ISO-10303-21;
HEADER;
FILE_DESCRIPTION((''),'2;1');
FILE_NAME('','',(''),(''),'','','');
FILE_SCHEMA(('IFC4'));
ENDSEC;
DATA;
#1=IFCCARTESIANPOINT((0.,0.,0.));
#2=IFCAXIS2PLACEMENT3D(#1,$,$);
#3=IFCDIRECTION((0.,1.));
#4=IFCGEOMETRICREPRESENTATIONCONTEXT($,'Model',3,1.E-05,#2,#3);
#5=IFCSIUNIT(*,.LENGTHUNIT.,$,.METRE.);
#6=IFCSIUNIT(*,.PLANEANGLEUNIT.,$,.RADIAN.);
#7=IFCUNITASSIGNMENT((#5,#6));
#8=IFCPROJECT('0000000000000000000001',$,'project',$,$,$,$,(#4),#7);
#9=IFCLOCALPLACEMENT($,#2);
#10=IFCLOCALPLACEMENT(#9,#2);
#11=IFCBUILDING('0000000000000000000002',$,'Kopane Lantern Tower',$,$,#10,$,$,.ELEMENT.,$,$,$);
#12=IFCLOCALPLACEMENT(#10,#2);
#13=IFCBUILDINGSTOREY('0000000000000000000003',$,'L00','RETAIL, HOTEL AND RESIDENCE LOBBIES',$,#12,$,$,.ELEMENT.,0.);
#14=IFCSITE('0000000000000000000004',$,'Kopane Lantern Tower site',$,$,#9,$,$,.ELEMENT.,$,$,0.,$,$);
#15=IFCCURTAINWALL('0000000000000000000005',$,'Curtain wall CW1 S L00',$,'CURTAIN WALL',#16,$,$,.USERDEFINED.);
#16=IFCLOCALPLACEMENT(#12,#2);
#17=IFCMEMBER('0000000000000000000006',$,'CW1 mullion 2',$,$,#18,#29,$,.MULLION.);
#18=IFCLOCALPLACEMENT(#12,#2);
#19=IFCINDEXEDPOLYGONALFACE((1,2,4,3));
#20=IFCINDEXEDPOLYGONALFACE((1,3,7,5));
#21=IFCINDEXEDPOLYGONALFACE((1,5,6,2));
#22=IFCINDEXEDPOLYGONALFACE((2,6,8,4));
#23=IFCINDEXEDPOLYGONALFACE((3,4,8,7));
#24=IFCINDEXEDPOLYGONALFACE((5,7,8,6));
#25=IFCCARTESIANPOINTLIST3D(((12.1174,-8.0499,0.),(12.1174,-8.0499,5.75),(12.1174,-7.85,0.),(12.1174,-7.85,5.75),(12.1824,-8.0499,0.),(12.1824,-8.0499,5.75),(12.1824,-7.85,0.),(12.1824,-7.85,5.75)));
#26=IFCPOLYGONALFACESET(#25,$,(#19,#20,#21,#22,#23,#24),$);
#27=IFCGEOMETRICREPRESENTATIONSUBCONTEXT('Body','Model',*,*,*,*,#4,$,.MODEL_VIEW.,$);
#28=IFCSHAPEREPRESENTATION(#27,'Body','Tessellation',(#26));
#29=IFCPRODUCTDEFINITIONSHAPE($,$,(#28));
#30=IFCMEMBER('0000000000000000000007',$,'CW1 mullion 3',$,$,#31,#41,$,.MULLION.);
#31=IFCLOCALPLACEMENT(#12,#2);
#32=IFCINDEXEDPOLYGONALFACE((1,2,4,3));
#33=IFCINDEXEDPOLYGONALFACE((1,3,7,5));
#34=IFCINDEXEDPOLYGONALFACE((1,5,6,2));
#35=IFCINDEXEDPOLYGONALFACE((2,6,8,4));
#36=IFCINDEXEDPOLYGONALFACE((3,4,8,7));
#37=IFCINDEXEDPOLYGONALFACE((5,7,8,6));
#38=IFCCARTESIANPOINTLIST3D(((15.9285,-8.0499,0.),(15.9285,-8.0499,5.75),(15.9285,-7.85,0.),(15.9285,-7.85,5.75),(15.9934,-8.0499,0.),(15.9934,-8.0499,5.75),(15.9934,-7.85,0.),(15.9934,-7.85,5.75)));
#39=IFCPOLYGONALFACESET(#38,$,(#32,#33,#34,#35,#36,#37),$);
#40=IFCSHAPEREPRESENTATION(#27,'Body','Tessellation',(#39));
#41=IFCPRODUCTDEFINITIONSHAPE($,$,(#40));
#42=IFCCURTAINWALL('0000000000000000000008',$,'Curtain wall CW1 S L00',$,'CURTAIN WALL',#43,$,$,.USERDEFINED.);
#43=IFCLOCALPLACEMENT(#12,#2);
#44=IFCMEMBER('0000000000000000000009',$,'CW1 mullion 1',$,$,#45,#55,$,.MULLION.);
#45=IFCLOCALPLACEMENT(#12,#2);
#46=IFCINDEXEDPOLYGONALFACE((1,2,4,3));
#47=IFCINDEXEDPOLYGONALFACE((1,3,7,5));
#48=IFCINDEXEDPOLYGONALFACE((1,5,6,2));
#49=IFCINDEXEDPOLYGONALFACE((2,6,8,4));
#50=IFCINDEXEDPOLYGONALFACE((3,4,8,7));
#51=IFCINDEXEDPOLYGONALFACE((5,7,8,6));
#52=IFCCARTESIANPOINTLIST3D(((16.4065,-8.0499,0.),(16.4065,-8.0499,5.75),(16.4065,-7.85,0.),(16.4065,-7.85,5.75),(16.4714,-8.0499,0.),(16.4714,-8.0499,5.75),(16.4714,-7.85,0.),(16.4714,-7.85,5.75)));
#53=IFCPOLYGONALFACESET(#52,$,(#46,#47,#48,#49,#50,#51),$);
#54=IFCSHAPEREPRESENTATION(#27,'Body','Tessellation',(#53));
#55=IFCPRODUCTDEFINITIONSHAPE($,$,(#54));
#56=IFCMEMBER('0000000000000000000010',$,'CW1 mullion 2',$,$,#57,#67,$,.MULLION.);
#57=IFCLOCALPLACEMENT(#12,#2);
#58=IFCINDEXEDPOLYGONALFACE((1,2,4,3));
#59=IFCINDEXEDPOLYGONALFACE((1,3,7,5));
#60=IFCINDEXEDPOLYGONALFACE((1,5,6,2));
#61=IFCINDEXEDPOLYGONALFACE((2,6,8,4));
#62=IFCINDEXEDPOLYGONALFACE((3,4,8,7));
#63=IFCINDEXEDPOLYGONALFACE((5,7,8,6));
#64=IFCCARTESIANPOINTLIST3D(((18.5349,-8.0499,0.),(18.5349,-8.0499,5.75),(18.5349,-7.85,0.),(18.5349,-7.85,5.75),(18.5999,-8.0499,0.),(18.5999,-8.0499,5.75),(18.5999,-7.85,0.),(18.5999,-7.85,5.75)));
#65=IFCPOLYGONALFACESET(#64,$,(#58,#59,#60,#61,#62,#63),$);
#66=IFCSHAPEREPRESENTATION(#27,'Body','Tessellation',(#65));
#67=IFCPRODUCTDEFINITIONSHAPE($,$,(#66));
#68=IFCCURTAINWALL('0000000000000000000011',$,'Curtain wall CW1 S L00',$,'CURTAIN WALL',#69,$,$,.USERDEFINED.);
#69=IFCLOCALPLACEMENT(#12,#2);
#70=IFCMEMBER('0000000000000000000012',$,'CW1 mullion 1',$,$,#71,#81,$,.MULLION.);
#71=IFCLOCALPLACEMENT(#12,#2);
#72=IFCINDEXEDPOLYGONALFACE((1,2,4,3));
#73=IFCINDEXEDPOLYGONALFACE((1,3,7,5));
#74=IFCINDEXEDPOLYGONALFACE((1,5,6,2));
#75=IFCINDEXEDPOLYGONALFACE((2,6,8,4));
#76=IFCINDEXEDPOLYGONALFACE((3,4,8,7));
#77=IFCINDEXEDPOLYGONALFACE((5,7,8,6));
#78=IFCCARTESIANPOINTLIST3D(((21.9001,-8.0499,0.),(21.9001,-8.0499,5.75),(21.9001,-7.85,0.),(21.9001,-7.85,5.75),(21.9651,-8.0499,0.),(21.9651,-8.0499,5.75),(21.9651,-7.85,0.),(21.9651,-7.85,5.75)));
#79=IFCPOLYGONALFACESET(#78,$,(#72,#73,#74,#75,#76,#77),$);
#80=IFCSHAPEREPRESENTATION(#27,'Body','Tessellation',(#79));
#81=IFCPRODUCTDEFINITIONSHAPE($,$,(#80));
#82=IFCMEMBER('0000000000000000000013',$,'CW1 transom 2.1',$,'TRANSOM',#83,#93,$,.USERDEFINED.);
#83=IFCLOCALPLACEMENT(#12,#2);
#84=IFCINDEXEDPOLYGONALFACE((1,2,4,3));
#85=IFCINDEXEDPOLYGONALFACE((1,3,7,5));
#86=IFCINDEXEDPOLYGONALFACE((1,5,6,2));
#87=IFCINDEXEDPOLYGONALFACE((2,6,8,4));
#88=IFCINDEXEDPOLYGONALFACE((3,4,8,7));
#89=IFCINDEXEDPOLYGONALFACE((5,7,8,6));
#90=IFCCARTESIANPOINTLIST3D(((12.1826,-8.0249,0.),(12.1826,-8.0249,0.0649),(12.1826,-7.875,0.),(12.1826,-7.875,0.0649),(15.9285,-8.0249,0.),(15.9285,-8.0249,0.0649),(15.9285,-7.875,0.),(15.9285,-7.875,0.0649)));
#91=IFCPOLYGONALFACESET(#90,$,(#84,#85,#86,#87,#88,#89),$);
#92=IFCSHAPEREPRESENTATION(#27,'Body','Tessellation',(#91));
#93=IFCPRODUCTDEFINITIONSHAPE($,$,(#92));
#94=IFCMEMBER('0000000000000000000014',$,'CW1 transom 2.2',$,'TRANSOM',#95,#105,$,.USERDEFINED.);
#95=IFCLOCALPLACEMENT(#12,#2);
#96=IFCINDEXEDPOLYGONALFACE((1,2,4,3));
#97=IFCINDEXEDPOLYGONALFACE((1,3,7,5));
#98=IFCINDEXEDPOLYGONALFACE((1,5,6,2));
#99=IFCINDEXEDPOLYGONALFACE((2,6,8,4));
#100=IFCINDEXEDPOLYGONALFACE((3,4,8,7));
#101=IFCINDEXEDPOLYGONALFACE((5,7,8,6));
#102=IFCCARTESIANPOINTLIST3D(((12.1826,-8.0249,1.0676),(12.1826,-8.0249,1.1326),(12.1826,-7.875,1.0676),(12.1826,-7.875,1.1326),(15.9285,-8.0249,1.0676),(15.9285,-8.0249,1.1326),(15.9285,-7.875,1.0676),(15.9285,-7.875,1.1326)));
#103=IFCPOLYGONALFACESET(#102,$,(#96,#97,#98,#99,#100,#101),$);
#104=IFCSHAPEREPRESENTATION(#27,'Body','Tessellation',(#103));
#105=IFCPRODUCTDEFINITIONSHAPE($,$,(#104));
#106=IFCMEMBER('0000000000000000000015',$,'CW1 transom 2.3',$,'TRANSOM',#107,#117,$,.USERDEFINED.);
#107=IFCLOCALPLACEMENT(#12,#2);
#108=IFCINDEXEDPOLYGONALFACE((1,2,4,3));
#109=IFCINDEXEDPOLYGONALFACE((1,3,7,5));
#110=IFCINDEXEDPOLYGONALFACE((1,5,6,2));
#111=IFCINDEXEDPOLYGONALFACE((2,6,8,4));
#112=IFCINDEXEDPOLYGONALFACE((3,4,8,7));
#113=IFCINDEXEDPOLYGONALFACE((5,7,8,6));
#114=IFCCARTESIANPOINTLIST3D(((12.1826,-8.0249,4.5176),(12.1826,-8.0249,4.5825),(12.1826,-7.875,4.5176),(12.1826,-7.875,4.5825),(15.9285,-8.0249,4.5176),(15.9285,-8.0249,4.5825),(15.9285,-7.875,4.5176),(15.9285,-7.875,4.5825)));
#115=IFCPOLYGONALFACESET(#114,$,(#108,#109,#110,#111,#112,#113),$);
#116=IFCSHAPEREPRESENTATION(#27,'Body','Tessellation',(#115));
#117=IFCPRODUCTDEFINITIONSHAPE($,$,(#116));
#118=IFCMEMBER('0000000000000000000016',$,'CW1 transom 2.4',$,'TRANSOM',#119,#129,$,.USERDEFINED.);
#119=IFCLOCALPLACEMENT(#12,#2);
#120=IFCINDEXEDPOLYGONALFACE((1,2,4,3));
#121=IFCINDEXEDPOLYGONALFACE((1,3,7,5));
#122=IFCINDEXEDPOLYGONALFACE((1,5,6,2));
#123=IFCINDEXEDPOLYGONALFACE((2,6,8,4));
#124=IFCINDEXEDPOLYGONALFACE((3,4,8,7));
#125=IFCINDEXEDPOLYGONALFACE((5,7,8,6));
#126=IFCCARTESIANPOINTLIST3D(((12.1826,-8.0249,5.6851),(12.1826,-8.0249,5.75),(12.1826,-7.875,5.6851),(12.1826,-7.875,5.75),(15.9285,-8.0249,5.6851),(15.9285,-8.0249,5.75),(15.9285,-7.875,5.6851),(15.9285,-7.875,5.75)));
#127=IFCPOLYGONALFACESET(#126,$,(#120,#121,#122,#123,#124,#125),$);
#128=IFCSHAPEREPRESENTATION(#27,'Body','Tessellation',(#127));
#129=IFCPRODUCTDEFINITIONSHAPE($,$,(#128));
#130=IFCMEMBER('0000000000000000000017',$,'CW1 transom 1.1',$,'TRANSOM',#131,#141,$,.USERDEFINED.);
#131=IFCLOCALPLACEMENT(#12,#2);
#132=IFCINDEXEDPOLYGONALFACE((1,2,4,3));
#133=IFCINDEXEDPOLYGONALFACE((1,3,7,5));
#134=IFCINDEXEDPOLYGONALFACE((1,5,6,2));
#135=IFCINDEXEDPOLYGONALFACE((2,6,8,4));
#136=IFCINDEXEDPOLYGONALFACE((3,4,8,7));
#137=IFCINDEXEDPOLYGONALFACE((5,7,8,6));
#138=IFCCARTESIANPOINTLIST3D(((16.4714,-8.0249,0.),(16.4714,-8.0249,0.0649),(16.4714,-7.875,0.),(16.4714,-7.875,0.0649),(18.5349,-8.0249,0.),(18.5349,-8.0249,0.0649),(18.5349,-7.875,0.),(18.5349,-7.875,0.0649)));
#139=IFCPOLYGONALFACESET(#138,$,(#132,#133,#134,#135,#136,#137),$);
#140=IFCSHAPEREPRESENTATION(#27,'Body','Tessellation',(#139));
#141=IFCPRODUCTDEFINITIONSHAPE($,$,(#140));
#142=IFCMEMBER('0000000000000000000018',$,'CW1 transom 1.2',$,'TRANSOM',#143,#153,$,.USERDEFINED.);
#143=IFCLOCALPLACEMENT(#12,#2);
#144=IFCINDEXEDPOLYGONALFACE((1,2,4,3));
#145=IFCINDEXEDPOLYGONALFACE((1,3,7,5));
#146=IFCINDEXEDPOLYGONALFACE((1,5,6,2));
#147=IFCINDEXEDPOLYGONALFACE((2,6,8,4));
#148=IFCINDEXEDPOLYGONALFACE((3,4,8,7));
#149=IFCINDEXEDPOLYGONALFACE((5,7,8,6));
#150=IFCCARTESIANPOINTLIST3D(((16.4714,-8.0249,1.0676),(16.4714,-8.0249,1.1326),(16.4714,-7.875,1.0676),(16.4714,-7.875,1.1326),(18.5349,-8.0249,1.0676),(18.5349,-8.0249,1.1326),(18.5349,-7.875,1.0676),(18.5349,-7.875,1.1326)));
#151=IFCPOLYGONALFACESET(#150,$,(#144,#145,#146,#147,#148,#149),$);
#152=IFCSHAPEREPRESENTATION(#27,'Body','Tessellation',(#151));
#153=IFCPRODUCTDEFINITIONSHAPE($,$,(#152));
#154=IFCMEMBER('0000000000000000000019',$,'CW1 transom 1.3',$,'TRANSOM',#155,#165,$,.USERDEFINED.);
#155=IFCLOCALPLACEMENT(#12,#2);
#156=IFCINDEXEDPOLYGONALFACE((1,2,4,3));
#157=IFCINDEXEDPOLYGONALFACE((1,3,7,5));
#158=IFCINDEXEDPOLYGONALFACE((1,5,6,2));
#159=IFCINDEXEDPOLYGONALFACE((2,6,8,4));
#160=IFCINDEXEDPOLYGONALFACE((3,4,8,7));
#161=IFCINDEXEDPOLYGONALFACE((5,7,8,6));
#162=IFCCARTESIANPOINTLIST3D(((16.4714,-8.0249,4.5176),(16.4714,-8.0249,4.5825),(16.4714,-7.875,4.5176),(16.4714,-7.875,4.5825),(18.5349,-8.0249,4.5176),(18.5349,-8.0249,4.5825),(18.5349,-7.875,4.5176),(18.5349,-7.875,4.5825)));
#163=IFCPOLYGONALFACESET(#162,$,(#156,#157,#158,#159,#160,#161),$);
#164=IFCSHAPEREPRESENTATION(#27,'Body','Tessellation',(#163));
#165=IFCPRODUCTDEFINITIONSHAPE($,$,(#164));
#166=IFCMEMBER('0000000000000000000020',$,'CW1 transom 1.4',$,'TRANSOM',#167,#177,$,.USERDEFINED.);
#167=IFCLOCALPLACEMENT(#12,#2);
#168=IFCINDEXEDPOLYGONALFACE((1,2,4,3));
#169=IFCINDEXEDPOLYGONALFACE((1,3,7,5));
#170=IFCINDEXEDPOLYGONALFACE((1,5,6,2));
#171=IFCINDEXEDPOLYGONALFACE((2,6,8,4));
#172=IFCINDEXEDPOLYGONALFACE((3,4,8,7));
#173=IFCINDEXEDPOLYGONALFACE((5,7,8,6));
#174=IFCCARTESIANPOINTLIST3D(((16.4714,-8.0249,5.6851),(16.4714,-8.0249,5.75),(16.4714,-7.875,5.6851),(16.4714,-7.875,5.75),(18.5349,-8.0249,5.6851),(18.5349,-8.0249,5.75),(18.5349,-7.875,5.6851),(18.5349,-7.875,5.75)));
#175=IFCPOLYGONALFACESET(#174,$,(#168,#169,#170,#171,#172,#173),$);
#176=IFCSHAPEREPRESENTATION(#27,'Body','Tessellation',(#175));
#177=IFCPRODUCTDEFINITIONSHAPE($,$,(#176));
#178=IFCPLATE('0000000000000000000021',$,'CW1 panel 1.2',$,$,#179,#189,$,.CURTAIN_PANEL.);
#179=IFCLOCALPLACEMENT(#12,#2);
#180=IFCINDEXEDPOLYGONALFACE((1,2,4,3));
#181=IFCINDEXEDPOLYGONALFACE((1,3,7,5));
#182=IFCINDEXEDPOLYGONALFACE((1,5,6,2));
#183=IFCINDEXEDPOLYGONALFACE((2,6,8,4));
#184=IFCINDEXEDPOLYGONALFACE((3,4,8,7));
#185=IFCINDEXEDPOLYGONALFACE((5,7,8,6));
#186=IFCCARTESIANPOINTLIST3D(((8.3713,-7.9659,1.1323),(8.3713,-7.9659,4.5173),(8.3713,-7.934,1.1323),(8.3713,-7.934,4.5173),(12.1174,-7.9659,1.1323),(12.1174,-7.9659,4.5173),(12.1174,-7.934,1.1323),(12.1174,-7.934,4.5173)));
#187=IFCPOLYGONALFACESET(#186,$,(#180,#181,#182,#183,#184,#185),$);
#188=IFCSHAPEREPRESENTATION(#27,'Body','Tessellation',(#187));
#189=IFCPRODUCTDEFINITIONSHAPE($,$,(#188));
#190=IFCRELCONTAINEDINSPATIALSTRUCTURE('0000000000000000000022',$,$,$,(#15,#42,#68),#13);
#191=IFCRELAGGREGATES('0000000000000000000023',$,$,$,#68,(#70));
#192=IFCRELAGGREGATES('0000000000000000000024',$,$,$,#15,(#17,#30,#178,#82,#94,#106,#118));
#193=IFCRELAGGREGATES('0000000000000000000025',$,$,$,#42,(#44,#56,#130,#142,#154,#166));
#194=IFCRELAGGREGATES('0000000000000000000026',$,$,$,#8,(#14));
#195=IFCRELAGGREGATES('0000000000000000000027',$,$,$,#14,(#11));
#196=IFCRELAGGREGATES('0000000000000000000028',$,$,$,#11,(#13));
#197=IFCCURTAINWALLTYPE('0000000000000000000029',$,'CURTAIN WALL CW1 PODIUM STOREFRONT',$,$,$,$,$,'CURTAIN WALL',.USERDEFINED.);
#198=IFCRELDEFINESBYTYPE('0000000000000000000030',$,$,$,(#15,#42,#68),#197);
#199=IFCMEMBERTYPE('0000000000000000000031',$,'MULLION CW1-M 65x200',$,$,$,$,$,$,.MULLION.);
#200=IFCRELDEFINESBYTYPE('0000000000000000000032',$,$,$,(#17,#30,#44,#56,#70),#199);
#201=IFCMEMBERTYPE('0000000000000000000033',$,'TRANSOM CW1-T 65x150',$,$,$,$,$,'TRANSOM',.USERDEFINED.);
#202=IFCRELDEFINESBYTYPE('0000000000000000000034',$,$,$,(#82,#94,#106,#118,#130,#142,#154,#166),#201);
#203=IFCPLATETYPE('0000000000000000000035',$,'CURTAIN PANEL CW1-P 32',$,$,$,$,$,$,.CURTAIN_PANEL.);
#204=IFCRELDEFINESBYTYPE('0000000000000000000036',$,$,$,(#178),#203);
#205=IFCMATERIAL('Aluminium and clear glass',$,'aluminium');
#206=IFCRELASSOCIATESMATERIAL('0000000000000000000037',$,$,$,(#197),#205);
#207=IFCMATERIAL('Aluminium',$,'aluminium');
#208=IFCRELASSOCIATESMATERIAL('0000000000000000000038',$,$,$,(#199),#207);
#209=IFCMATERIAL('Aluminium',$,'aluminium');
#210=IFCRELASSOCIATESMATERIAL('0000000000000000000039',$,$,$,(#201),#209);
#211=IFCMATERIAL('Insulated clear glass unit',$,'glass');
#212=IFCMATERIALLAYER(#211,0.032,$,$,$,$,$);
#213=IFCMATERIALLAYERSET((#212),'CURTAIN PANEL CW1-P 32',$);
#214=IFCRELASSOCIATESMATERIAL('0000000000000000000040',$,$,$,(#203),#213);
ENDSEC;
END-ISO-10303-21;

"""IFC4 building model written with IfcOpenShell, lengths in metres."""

from ifc_helpers import new_model, si_unit, direction, frame, origin, origin_2d, place, context, subcontext, project, spatial, rectangle, extrude, material, layer, layer_set, material_profile, profile_set, type_object, element, aggregate, save


model = new_model("IFC4")

# Units and contexts
model_context = context("Model", 3, precision=1e-05, world=origin(), true_north=direction((0.0, 1.0)))
body_context = subcontext(model_context, "Body", "Model", "MODEL_VIEW")
ifc_project = project(units=[si_unit("LENGTHUNIT", "METRE"), si_unit("PLANEANGLEUNIT", "RADIAN")], contexts=[model_context])

# Site, building, storey
site_placement = place(None, origin())
site = spatial("IfcSite", under=ifc_project, at=site_placement, Name="Kopane Lantern Tower site", CompositionType="ELEMENT", RefElevation=0.0)
building_placement = place(site_placement, origin())
building = spatial("IfcBuilding", under=site, at=building_placement, Name="Kopane Lantern Tower", CompositionType="ELEMENT")
storey_placement = place(building_placement, origin())
storey = spatial("IfcBuildingStorey", under=building, at=storey_placement, Name="L00", Description="RETAIL, HOTEL AND RESIDENCE LOBBIES", CompositionType="ELEMENT", Elevation=0.0)

# Curtain walls, members
ifc_material_1 = material(Name="Aluminium and clear glass", Category="aluminium")
curtain_wall_type = type_object("IfcCurtainWallType", Name="CURTAIN WALL CW1 PODIUM STOREFRONT", ElementType="CURTAIN WALL", PredefinedType="USERDEFINED", material=ifc_material_1)
curtain_wall_1_placement = place(storey_placement, origin())
curtain_wall_1 = element("IfcCurtainWall", 1, at=curtain_wall_1_placement, inside=storey, type_object=curtain_wall_type, Name="Curtain wall CW1 S L00", ObjectType="CURTAIN WALL", PredefinedType="USERDEFINED")
ifc_material_2 = material(Name="Aluminium", Category="aluminium")
ifc_material_profile_1 = material_profile(ifc_material_2, rectangle(XDim=0.0649, YDim=0.2, at=origin_2d()), Name="AL 65x200")
ifc_profile_set_1 = profile_set([ifc_material_profile_1], Name="Aluminium")
member_type_1 = type_object("IfcMemberType", Name="MULLION CW1-M 65x200", PredefinedType="MULLION", material=ifc_profile_set_1)
member_1_placement = place(storey_placement, frame((12.1499, -7.95, 0.0), z_axis=(0.0, 0.0, 1.0), x_axis=(1.0, 0.0, 0.0)))
member_1 = element("IfcMember", 2, at=member_1_placement, type_object=member_type_1, Name="CW1 mullion 2", PredefinedType="MULLION", context=body_context, shape_type="SweptSolid", body=[
    extrude(rectangle(XDim=0.0649, YDim=0.2, at=origin_2d()), origin(), (0.0, 0.0, 1.0), 5.75),
])
member_2_placement = place(storey_placement, frame((15.9609, -7.95, 0.0), z_axis=(0.0, 0.0, 1.0), x_axis=(1.0, 0.0, 0.0)))
member_2 = element("IfcMember", 3, at=member_2_placement, type_object=member_type_1, Name="CW1 mullion 3", PredefinedType="MULLION", context=body_context, shape_type="SweptSolid", body=[
    extrude(rectangle(XDim=0.0649, YDim=0.2, at=origin_2d()), origin(), (0.0, 0.0, 1.0), 5.75),
])
curtain_wall_2_placement = place(storey_placement, origin())
curtain_wall_2 = element("IfcCurtainWall", 4, at=curtain_wall_2_placement, inside=storey, type_object=curtain_wall_type, Name="Curtain wall CW1 S L00", ObjectType="CURTAIN WALL", PredefinedType="USERDEFINED")
member_3_placement = place(storey_placement, frame((16.439, -7.95, 0.0), z_axis=(0.0, 0.0, 1.0), x_axis=(1.0, 0.0, 0.0)))
member_3 = element("IfcMember", 5, at=member_3_placement, type_object=member_type_1, Name="CW1 mullion 1", PredefinedType="MULLION", context=body_context, shape_type="SweptSolid", body=[
    extrude(rectangle(XDim=0.0649, YDim=0.2, at=origin_2d()), origin(), (0.0, 0.0, 1.0), 5.75),
])
member_4_placement = place(storey_placement, frame((18.5674, -7.95, 0.0), z_axis=(0.0, 0.0, 1.0), x_axis=(1.0, 0.0, 0.0)))
member_4 = element("IfcMember", 6, at=member_4_placement, type_object=member_type_1, Name="CW1 mullion 2", PredefinedType="MULLION", context=body_context, shape_type="SweptSolid", body=[
    extrude(rectangle(XDim=0.0649, YDim=0.2, at=origin_2d()), origin(), (0.0, 0.0, 1.0), 5.75),
])

# Curtain wall, member
curtain_wall_3_placement = place(storey_placement, origin())
curtain_wall_3 = element("IfcCurtainWall", 7, at=curtain_wall_3_placement, inside=storey, type_object=curtain_wall_type, Name="Curtain wall CW1 S L00", ObjectType="CURTAIN WALL", PredefinedType="USERDEFINED")
member_5_placement = place(storey_placement, frame((21.9326, -7.95, 0.0), z_axis=(0.0, 0.0, 1.0), x_axis=(1.0, 0.0, 0.0)))
member_5 = element("IfcMember", 8, at=member_5_placement, type_object=member_type_1, Name="CW1 mullion 1", PredefinedType="MULLION", context=body_context, shape_type="SweptSolid", body=[
    extrude(rectangle(XDim=0.0649, YDim=0.2, at=origin_2d()), origin(), (0.0, 0.0, 1.0), 5.75),
])
aggregate(curtain_wall_3, [member_5])

# Members
ifc_material_3 = material(Name="Aluminium", Category="aluminium")
ifc_material_profile_2 = material_profile(ifc_material_3, rectangle(XDim=0.1499, YDim=0.0649, at=origin_2d()), Name="AL 150x65")
ifc_profile_set_2 = profile_set([ifc_material_profile_2], Name="Aluminium")
member_type_2 = type_object("IfcMemberType", Name="TRANSOM CW1-T 65x150", ElementType="TRANSOM", PredefinedType="USERDEFINED", material=ifc_profile_set_2)
member_6_placement = place(storey_placement, frame((12.1826, -7.95, 0.0325), z_axis=(1.0, 0.0, 0.0), x_axis=(0.0, 1.0, 0.0)))
member_6 = element("IfcMember", 9, at=member_6_placement, type_object=member_type_2, Name="CW1 transom 2.1", ObjectType="TRANSOM", PredefinedType="USERDEFINED", context=body_context, shape_type="SweptSolid", body=[
    extrude(rectangle(XDim=0.1499, YDim=0.0649, at=origin_2d()), origin(), (0.0, 0.0, 1.0), 3.7458),
])
member_7_placement = place(storey_placement, frame((12.1826, -7.95, 1.1001), z_axis=(1.0, 0.0, 0.0), x_axis=(0.0, 1.0, 0.0)))
member_7 = element("IfcMember", 10, at=member_7_placement, type_object=member_type_2, Name="CW1 transom 2.2", ObjectType="TRANSOM", PredefinedType="USERDEFINED", context=body_context, shape_type="SweptSolid", body=[
    extrude(rectangle(XDim=0.1499, YDim=0.0649, at=origin_2d()), origin(), (0.0, 0.0, 1.0), 3.7458),
])
member_8_placement = place(storey_placement, frame((12.1826, -7.95, 4.55), z_axis=(1.0, 0.0, 0.0), x_axis=(0.0, 1.0, 0.0)))
member_8 = element("IfcMember", 11, at=member_8_placement, type_object=member_type_2, Name="CW1 transom 2.3", ObjectType="TRANSOM", PredefinedType="USERDEFINED", context=body_context, shape_type="SweptSolid", body=[
    extrude(rectangle(XDim=0.1499, YDim=0.0649, at=origin_2d()), origin(), (0.0, 0.0, 1.0), 3.7458),
])
member_9_placement = place(storey_placement, frame((12.1826, -7.95, 5.7175), z_axis=(1.0, 0.0, 0.0), x_axis=(0.0, 1.0, 0.0)))
member_9 = element("IfcMember", 12, at=member_9_placement, type_object=member_type_2, Name="CW1 transom 2.4", ObjectType="TRANSOM", PredefinedType="USERDEFINED", context=body_context, shape_type="SweptSolid", body=[
    extrude(rectangle(XDim=0.1499, YDim=0.0649, at=origin_2d()), origin(), (0.0, 0.0, 1.0), 3.7458),
])
member_10_placement = place(storey_placement, frame((16.4714, -7.95, 0.0325), z_axis=(1.0, 0.0, 0.0), x_axis=(0.0, 1.0, 0.0)))
member_10 = element("IfcMember", 13, at=member_10_placement, type_object=member_type_2, Name="CW1 transom 1.1", ObjectType="TRANSOM", PredefinedType="USERDEFINED", context=body_context, shape_type="SweptSolid", body=[
    extrude(rectangle(XDim=0.1499, YDim=0.0649, at=origin_2d()), origin(), (0.0, 0.0, 1.0), 2.0635),
])
member_11_placement = place(storey_placement, frame((16.4714, -7.95, 1.1001), z_axis=(1.0, 0.0, 0.0), x_axis=(0.0, 1.0, 0.0)))
member_11 = element("IfcMember", 14, at=member_11_placement, type_object=member_type_2, Name="CW1 transom 1.2", ObjectType="TRANSOM", PredefinedType="USERDEFINED", context=body_context, shape_type="SweptSolid", body=[
    extrude(rectangle(XDim=0.1499, YDim=0.0649, at=origin_2d()), origin(), (0.0, 0.0, 1.0), 2.0635),
])
member_12_placement = place(storey_placement, frame((16.4714, -7.95, 4.55), z_axis=(1.0, 0.0, 0.0), x_axis=(0.0, 1.0, 0.0)))
member_12 = element("IfcMember", 15, at=member_12_placement, type_object=member_type_2, Name="CW1 transom 1.3", ObjectType="TRANSOM", PredefinedType="USERDEFINED", context=body_context, shape_type="SweptSolid", body=[
    extrude(rectangle(XDim=0.1499, YDim=0.0649, at=origin_2d()), origin(), (0.0, 0.0, 1.0), 2.0635),
])
member_13_placement = place(storey_placement, frame((16.4714, -7.95, 5.7175), z_axis=(1.0, 0.0, 0.0), x_axis=(0.0, 1.0, 0.0)))
member_13 = element("IfcMember", 16, at=member_13_placement, type_object=member_type_2, Name="CW1 transom 1.4", ObjectType="TRANSOM", PredefinedType="USERDEFINED", context=body_context, shape_type="SweptSolid", body=[
    extrude(rectangle(XDim=0.1499, YDim=0.0649, at=origin_2d()), origin(), (0.0, 0.0, 1.0), 2.0635),
])

# Plate
ifc_material_4 = material(Name="Insulated clear glass unit", Category="glass")
ifc_layer_1 = layer(ifc_material_4, 0.032)
ifc_layer_set_1 = layer_set([ifc_layer_1], Name="CURTAIN PANEL CW1-P 32")
plate_type = type_object("IfcPlateType", Name="CURTAIN PANEL CW1-P 32", PredefinedType="CURTAIN_PANEL", material=ifc_layer_set_1)
plate_1_placement = place(storey_placement, frame((10.2444, -7.95, 1.1323), z_axis=(0.0, 0.0, 1.0), x_axis=(1.0, 0.0, 0.0)))
plate_1 = element("IfcPlate", 17, at=plate_1_placement, type_object=plate_type, Name="CW1 panel 1.2", PredefinedType="CURTAIN_PANEL", context=body_context, shape_type="SweptSolid", body=[
    extrude(rectangle(XDim=3.7461, YDim=0.032, at=origin_2d()), origin(), (0.0, 0.0, 1.0), 3.385),
])
aggregate(curtain_wall_1, [member_1, member_2, plate_1, member_6, member_7, member_8, member_9])
aggregate(curtain_wall_2, [member_3, member_4, member_10, member_11, member_12, member_13])

save(model, "model.ifc")
